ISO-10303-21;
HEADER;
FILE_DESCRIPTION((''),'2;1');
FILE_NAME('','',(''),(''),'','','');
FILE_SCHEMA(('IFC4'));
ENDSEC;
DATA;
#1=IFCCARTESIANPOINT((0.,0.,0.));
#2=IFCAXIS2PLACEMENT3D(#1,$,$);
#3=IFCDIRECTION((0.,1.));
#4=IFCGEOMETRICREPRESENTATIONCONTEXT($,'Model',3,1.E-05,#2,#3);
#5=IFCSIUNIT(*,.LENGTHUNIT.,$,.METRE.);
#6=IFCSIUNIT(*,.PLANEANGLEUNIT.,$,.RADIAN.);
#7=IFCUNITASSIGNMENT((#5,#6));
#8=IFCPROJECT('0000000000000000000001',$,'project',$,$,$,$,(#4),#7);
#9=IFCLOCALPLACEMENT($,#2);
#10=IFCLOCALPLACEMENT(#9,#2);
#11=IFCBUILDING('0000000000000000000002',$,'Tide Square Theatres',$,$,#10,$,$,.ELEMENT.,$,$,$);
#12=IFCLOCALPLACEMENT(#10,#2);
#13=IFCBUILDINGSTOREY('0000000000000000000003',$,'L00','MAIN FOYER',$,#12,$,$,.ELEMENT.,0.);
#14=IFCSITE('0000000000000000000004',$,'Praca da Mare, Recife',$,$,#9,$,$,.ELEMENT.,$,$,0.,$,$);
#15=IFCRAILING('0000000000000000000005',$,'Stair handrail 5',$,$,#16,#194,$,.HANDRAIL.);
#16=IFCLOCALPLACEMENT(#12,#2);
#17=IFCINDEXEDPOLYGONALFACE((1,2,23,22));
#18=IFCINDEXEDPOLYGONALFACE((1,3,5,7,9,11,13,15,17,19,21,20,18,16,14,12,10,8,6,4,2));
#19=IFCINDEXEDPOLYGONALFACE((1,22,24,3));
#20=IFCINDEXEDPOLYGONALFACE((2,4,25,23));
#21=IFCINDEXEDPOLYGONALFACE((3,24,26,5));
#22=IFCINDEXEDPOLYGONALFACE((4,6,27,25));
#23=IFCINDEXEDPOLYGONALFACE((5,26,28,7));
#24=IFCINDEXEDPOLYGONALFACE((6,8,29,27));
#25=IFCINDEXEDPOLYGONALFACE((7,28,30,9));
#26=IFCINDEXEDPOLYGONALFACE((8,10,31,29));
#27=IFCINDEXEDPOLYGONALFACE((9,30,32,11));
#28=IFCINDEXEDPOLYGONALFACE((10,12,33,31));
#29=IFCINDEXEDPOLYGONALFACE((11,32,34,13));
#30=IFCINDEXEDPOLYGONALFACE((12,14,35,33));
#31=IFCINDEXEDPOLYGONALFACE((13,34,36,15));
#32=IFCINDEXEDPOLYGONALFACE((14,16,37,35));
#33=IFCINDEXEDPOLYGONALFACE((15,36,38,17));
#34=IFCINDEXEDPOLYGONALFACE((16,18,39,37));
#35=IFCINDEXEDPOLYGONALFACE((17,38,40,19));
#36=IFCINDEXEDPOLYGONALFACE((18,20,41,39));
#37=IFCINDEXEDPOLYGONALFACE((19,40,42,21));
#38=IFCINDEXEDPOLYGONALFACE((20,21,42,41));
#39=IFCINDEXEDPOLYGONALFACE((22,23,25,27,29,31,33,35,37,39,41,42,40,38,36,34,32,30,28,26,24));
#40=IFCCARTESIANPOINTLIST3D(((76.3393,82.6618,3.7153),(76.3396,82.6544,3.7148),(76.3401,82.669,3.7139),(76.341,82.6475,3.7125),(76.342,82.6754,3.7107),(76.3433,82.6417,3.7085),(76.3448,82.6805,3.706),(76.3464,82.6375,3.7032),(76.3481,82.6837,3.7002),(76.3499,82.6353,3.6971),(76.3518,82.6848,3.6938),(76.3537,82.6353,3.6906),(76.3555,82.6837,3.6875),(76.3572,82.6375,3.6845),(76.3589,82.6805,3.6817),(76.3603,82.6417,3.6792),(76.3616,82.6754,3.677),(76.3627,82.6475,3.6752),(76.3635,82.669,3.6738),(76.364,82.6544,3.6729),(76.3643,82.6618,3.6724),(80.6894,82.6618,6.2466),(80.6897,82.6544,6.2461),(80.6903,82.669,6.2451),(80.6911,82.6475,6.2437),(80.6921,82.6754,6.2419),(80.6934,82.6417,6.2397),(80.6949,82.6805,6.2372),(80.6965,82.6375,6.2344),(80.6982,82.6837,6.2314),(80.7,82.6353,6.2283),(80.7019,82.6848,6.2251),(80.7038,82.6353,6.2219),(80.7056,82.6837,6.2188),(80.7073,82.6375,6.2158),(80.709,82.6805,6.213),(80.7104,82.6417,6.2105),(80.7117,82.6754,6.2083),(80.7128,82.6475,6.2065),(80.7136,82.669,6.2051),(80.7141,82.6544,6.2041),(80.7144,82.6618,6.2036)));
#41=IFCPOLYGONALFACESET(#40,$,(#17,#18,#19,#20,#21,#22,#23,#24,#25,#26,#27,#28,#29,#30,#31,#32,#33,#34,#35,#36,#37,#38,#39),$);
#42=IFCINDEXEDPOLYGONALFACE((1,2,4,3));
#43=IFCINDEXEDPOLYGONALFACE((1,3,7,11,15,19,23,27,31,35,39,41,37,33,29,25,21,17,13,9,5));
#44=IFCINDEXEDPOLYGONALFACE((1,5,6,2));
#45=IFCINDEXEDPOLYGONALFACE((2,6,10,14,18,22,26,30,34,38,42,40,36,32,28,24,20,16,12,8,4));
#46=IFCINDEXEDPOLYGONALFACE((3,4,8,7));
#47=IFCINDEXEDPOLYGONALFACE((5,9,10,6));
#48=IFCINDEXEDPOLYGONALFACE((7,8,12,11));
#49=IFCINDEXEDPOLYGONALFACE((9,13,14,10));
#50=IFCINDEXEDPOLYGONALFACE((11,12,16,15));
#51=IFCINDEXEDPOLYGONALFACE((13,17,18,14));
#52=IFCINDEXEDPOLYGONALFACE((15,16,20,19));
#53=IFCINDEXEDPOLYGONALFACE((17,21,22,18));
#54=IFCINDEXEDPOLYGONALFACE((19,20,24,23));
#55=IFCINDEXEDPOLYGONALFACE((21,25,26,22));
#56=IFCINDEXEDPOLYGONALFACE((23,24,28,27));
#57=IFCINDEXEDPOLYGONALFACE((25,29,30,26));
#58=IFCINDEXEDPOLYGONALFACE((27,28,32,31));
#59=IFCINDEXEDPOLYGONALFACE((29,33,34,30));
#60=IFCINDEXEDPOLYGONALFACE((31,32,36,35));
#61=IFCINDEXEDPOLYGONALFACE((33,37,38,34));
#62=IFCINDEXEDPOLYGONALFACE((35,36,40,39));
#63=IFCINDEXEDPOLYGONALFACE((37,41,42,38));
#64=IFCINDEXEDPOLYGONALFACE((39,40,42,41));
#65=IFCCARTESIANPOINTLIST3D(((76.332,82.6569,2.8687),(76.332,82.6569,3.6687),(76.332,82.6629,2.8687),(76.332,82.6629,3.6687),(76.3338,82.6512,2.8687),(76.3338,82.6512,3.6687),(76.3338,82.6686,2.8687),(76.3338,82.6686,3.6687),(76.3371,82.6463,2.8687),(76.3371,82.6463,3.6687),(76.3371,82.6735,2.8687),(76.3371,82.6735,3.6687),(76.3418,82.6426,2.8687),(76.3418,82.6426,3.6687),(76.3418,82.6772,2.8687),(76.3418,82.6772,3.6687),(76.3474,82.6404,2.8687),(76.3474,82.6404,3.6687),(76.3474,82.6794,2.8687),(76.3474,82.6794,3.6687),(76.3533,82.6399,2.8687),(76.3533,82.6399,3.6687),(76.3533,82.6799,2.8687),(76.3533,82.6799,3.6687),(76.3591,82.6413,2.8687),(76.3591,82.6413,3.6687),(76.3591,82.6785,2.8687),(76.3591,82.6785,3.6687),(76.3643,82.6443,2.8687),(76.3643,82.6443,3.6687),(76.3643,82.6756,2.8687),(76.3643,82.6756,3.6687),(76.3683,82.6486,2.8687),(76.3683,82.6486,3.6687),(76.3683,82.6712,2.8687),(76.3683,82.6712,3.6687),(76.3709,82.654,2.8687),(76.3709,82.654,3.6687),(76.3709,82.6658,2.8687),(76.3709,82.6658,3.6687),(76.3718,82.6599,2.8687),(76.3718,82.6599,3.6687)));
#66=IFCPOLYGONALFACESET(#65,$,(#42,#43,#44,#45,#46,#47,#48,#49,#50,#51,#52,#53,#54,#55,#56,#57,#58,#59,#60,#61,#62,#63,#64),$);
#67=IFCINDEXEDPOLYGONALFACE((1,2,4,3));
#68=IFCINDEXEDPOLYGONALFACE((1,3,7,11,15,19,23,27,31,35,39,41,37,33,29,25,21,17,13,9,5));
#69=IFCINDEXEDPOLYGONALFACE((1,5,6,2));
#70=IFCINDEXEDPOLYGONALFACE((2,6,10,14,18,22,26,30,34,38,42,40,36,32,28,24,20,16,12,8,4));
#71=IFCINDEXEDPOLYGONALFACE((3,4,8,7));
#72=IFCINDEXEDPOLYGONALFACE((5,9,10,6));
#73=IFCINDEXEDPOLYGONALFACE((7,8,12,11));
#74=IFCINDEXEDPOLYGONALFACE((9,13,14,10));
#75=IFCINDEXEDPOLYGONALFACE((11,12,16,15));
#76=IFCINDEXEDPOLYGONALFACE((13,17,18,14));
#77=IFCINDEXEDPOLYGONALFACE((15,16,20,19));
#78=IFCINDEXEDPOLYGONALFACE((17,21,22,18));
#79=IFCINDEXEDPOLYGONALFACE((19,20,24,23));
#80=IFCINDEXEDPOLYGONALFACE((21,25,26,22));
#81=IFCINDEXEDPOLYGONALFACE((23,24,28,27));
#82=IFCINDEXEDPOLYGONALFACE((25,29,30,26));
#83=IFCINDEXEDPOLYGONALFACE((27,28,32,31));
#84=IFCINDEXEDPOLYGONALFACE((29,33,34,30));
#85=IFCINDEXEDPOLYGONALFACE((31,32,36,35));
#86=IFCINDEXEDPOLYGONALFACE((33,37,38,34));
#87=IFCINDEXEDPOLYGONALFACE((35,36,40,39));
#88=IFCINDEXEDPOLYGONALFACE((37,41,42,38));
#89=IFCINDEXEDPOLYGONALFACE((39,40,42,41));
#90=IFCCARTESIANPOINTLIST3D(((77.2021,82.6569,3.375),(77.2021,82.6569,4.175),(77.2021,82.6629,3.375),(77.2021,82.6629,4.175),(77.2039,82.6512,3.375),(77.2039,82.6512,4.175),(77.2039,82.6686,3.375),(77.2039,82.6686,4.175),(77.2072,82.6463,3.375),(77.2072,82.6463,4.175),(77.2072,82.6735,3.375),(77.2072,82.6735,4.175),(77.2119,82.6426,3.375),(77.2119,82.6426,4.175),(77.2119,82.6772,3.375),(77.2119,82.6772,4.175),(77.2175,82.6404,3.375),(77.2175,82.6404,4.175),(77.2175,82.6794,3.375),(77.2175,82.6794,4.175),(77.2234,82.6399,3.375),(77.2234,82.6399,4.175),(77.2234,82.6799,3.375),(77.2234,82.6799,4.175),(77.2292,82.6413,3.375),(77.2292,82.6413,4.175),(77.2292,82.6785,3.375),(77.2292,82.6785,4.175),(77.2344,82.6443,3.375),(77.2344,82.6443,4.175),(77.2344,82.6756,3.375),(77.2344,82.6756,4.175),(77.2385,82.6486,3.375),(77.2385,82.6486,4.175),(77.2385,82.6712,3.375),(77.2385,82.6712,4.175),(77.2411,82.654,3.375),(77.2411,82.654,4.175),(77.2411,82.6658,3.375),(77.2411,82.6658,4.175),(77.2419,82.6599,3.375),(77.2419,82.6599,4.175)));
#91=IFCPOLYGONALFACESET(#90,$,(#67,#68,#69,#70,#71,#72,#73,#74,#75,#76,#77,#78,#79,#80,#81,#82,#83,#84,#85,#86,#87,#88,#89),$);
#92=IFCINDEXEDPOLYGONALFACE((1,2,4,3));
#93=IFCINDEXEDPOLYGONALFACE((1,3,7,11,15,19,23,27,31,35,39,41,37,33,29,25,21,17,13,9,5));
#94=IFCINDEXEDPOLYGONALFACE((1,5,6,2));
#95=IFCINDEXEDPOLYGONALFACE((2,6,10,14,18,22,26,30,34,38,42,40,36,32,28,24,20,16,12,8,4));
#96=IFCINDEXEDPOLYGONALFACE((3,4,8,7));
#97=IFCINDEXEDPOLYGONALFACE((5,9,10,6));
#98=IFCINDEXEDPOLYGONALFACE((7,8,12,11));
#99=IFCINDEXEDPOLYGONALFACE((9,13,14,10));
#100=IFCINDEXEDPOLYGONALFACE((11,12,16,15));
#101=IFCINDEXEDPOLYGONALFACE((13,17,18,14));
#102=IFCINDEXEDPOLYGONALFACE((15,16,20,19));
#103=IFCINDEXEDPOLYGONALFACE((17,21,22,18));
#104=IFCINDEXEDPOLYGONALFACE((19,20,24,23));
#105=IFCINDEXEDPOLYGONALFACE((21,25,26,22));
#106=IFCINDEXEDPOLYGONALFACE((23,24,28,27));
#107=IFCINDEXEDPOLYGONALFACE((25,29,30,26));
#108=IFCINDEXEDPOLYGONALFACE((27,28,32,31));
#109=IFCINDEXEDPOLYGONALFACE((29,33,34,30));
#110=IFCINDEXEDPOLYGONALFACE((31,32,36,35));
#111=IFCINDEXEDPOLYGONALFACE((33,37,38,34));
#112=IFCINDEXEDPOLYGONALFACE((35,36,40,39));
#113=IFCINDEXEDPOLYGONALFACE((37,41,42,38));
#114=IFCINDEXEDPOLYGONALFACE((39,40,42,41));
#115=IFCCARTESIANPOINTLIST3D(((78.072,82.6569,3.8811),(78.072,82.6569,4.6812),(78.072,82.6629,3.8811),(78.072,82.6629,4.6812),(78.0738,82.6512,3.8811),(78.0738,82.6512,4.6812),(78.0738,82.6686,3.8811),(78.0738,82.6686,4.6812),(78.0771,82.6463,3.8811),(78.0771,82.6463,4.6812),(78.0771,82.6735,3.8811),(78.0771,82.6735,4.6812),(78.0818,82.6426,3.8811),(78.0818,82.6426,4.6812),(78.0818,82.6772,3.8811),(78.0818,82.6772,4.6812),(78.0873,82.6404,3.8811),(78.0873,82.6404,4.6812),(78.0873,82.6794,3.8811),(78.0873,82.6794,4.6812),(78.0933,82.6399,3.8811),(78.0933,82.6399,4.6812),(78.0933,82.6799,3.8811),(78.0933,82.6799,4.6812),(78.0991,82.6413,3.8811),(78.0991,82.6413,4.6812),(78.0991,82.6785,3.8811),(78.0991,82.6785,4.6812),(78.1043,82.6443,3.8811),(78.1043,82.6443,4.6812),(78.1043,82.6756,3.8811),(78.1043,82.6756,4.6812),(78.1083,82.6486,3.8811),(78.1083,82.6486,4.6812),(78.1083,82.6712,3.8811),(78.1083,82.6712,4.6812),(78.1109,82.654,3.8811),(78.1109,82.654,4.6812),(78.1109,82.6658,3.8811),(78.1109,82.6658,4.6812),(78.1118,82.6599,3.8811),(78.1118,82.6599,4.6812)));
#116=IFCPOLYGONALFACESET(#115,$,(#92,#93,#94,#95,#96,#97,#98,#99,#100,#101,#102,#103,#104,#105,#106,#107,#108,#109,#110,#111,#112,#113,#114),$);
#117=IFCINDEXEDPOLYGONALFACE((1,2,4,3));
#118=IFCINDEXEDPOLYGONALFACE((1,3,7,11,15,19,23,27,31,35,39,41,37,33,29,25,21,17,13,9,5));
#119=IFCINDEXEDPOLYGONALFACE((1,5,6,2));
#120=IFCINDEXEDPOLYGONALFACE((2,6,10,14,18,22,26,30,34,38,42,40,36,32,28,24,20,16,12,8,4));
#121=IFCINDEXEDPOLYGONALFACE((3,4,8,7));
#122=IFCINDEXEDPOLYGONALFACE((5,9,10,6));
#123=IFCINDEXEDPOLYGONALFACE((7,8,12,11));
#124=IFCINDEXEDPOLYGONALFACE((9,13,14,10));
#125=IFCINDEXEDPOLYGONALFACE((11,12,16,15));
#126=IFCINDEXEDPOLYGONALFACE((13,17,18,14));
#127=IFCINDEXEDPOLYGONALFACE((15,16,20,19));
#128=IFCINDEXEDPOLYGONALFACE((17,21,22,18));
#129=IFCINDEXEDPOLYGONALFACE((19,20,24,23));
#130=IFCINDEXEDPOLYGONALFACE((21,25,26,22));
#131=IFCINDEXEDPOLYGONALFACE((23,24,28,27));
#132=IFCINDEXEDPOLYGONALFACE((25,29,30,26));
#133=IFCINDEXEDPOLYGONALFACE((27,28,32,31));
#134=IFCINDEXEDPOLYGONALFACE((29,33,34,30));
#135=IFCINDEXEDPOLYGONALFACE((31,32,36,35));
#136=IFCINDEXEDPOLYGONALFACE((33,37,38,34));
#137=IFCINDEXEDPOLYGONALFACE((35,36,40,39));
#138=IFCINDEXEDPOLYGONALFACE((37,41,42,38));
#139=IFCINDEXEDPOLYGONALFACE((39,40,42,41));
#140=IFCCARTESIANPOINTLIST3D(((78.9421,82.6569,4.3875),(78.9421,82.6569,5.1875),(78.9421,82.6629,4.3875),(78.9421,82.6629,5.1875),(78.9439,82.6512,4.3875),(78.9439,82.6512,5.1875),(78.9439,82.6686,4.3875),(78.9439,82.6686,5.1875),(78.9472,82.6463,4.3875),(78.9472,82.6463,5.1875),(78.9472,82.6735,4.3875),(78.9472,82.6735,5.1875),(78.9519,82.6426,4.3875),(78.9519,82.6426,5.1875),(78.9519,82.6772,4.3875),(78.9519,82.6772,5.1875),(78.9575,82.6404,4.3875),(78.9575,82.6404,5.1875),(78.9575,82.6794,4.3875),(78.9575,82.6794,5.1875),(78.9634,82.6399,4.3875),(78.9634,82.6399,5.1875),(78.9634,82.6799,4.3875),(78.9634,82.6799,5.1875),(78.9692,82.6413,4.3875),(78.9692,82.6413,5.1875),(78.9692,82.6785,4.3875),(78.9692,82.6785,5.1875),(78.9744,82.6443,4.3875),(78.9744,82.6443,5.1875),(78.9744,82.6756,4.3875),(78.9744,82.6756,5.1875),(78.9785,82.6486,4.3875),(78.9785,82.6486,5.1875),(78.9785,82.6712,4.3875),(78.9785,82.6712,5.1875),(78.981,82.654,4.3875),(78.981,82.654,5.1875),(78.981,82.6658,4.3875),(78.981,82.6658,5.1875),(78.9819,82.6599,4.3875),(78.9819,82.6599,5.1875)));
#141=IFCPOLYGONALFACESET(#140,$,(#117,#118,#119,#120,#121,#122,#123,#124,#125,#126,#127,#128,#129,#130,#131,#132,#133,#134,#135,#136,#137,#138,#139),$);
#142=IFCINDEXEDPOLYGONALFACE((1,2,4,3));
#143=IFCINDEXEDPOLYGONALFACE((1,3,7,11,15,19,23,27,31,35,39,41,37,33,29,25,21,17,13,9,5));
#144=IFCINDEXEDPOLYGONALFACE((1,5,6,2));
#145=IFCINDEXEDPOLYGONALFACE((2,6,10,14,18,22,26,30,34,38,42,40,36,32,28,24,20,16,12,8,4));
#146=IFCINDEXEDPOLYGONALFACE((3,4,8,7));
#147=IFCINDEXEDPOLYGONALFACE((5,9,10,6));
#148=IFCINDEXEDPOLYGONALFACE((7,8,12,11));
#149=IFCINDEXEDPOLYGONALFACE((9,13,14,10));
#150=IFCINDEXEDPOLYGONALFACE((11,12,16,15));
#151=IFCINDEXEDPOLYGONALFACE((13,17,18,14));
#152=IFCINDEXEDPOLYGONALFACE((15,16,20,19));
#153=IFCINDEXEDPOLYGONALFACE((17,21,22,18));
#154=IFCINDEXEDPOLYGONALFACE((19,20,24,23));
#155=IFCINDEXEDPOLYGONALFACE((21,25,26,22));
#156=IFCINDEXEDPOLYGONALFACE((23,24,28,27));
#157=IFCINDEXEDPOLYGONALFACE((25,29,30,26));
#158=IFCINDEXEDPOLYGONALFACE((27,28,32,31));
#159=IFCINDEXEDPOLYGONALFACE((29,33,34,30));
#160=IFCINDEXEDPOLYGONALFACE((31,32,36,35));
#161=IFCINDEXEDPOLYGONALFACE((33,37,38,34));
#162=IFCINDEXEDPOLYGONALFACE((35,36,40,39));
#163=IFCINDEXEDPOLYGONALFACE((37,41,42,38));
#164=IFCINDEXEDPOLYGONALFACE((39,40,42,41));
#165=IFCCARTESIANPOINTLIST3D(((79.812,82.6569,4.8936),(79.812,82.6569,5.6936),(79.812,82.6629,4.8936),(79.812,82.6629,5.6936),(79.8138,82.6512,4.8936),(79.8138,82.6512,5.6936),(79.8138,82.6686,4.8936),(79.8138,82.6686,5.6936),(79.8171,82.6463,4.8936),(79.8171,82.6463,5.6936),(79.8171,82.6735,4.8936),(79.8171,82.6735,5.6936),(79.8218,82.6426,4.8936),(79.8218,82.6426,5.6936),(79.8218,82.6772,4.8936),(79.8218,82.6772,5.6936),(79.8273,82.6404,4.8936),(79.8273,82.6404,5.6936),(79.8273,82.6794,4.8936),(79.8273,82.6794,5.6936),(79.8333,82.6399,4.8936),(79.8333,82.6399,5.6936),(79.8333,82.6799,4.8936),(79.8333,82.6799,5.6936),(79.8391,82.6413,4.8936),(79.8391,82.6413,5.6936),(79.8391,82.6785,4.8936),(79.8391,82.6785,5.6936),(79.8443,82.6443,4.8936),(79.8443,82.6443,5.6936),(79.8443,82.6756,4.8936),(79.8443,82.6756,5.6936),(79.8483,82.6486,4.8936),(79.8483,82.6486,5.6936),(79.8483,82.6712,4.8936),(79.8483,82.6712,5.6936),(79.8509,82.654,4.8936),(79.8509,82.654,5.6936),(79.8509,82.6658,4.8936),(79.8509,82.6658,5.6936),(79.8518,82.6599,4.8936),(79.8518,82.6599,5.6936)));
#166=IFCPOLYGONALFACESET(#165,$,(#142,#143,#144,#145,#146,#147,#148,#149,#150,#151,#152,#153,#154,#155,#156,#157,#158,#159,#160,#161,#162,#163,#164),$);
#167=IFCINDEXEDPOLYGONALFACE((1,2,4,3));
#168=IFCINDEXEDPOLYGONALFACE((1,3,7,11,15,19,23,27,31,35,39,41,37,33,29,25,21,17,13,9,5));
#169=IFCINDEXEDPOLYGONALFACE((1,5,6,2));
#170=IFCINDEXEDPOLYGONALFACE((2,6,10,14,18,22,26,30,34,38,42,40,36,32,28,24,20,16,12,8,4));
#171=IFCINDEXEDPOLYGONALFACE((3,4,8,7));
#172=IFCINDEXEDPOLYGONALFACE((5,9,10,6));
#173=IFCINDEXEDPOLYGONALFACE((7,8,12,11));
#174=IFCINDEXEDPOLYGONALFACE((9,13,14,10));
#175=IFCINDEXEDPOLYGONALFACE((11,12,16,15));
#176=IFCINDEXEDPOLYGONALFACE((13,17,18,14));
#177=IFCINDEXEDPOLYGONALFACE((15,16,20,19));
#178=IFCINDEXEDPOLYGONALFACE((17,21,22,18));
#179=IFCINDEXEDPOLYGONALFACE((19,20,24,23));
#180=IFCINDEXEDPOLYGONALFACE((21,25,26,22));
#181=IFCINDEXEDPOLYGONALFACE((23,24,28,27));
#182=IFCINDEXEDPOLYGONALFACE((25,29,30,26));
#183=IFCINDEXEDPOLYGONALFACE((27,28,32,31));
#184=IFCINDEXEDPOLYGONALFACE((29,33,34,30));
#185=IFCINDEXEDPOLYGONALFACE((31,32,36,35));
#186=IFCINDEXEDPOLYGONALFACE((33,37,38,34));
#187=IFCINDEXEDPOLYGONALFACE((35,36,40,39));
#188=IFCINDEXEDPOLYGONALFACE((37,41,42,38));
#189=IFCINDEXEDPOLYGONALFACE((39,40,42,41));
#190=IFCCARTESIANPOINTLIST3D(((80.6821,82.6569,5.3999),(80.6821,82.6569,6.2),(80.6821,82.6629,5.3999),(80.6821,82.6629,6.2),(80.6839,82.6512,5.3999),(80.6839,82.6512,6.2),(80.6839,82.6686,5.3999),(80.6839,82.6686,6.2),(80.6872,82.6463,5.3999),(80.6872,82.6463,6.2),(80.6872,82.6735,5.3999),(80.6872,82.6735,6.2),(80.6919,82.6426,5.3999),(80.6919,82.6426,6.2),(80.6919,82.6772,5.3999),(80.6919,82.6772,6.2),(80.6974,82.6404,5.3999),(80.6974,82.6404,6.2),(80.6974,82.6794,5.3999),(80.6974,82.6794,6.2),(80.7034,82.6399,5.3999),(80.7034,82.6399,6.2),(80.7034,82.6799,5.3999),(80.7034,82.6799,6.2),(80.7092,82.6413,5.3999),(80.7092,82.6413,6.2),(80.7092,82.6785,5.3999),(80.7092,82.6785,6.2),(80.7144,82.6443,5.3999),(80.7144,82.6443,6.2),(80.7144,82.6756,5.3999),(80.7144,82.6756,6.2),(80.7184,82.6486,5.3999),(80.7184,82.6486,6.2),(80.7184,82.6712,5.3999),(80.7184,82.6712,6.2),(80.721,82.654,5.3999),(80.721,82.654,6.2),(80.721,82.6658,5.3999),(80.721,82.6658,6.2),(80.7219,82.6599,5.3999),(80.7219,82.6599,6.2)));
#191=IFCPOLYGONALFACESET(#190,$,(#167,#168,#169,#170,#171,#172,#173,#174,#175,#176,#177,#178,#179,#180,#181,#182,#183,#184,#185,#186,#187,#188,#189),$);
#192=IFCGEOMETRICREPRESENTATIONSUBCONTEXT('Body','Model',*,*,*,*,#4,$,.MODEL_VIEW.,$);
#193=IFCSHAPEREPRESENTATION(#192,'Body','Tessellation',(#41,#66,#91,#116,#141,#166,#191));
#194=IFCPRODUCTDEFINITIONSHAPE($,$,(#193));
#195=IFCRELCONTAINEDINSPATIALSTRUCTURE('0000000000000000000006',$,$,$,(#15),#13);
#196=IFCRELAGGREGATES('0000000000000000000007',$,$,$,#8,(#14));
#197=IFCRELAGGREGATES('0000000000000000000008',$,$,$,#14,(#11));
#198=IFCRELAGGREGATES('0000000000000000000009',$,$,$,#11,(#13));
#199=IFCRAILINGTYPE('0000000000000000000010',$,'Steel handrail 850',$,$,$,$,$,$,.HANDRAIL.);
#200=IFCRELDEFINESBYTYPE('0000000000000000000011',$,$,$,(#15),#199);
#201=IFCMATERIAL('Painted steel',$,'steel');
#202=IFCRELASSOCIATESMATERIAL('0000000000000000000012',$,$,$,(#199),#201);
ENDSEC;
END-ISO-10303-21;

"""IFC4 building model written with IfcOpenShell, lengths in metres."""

from ifc_helpers import new_model, si_unit, direction, frame, origin, origin_2d, place, context, subcontext, project, spatial, circle, extrude, material, type_object, element, save


model = new_model("IFC4")

# Units and contexts
model_context = context("Model", 3, precision=1e-05, world=origin(), true_north=direction((0.0, 1.0)))
body_context = subcontext(model_context, "Body", "Model", "MODEL_VIEW")
ifc_project = project(units=[si_unit("LENGTHUNIT", "METRE"), si_unit("PLANEANGLEUNIT", "RADIAN")], contexts=[model_context])

# Site, building, storey
site_placement = place(None, origin())
site = spatial("IfcSite", under=ifc_project, at=site_placement, Name="Praca da Mare, Recife", CompositionType="ELEMENT", RefElevation=0.0)
building_placement = place(site_placement, origin())
building = spatial("IfcBuilding", under=site, at=building_placement, Name="Tide Square Theatres", CompositionType="ELEMENT")
storey_placement = place(building_placement, origin())
storey = spatial("IfcBuildingStorey", under=building, at=storey_placement, Name="L00", Description="MAIN FOYER", CompositionType="ELEMENT", Elevation=0.0)

# Railing
ifc_material_1 = material(Name="Painted steel", Category="steel")
railing_type = type_object("IfcRailingType", Name="Steel handrail 850", PredefinedType="HANDRAIL", material=ifc_material_1)
railing_placement = place(storey_placement, frame((76.3518, 82.6599, 2.8687)))
element("IfcRailing", 1, at=railing_placement, inside=storey, type_object=railing_type, Name="Stair handrail 5", PredefinedType="HANDRAIL", context=body_context, shape_type="SweptSolid", body=[
    extrude(circle(Radius=0.0249, at=origin_2d()), frame((0.0, 0.0, 0.8252), z_axis=(0.864324, 0.0, 0.502936), x_axis=(0.0, 1.0, 0.0)), (0.0, 0.0, 1.0), 5.033),
    extrude(circle(Radius=0.02, at=origin_2d()), origin(), (0.0, 0.0, 1.0), 0.8),
    extrude(circle(Radius=0.02, at=origin_2d()), frame((0.8701, 0.0, 0.5063)), (0.0, 0.0, 1.0), 0.8),
    extrude(circle(Radius=0.02, at=origin_2d()), frame((1.74, 0.0, 1.0125)), (0.0, 0.0, 1.0), 0.8),
    extrude(circle(Radius=0.02, at=origin_2d()), frame((2.6101, 0.0, 1.5188)), (0.0, 0.0, 1.0), 0.8),
    extrude(circle(Radius=0.02, at=origin_2d()), frame((3.48, 0.0, 2.0249)), (0.0, 0.0, 1.0), 0.8),
    extrude(circle(Radius=0.02, at=origin_2d()), frame((4.3501, 0.0, 2.5312)), (0.0, 0.0, 1.0), 0.8),
])

save(model, "model.ifc")
